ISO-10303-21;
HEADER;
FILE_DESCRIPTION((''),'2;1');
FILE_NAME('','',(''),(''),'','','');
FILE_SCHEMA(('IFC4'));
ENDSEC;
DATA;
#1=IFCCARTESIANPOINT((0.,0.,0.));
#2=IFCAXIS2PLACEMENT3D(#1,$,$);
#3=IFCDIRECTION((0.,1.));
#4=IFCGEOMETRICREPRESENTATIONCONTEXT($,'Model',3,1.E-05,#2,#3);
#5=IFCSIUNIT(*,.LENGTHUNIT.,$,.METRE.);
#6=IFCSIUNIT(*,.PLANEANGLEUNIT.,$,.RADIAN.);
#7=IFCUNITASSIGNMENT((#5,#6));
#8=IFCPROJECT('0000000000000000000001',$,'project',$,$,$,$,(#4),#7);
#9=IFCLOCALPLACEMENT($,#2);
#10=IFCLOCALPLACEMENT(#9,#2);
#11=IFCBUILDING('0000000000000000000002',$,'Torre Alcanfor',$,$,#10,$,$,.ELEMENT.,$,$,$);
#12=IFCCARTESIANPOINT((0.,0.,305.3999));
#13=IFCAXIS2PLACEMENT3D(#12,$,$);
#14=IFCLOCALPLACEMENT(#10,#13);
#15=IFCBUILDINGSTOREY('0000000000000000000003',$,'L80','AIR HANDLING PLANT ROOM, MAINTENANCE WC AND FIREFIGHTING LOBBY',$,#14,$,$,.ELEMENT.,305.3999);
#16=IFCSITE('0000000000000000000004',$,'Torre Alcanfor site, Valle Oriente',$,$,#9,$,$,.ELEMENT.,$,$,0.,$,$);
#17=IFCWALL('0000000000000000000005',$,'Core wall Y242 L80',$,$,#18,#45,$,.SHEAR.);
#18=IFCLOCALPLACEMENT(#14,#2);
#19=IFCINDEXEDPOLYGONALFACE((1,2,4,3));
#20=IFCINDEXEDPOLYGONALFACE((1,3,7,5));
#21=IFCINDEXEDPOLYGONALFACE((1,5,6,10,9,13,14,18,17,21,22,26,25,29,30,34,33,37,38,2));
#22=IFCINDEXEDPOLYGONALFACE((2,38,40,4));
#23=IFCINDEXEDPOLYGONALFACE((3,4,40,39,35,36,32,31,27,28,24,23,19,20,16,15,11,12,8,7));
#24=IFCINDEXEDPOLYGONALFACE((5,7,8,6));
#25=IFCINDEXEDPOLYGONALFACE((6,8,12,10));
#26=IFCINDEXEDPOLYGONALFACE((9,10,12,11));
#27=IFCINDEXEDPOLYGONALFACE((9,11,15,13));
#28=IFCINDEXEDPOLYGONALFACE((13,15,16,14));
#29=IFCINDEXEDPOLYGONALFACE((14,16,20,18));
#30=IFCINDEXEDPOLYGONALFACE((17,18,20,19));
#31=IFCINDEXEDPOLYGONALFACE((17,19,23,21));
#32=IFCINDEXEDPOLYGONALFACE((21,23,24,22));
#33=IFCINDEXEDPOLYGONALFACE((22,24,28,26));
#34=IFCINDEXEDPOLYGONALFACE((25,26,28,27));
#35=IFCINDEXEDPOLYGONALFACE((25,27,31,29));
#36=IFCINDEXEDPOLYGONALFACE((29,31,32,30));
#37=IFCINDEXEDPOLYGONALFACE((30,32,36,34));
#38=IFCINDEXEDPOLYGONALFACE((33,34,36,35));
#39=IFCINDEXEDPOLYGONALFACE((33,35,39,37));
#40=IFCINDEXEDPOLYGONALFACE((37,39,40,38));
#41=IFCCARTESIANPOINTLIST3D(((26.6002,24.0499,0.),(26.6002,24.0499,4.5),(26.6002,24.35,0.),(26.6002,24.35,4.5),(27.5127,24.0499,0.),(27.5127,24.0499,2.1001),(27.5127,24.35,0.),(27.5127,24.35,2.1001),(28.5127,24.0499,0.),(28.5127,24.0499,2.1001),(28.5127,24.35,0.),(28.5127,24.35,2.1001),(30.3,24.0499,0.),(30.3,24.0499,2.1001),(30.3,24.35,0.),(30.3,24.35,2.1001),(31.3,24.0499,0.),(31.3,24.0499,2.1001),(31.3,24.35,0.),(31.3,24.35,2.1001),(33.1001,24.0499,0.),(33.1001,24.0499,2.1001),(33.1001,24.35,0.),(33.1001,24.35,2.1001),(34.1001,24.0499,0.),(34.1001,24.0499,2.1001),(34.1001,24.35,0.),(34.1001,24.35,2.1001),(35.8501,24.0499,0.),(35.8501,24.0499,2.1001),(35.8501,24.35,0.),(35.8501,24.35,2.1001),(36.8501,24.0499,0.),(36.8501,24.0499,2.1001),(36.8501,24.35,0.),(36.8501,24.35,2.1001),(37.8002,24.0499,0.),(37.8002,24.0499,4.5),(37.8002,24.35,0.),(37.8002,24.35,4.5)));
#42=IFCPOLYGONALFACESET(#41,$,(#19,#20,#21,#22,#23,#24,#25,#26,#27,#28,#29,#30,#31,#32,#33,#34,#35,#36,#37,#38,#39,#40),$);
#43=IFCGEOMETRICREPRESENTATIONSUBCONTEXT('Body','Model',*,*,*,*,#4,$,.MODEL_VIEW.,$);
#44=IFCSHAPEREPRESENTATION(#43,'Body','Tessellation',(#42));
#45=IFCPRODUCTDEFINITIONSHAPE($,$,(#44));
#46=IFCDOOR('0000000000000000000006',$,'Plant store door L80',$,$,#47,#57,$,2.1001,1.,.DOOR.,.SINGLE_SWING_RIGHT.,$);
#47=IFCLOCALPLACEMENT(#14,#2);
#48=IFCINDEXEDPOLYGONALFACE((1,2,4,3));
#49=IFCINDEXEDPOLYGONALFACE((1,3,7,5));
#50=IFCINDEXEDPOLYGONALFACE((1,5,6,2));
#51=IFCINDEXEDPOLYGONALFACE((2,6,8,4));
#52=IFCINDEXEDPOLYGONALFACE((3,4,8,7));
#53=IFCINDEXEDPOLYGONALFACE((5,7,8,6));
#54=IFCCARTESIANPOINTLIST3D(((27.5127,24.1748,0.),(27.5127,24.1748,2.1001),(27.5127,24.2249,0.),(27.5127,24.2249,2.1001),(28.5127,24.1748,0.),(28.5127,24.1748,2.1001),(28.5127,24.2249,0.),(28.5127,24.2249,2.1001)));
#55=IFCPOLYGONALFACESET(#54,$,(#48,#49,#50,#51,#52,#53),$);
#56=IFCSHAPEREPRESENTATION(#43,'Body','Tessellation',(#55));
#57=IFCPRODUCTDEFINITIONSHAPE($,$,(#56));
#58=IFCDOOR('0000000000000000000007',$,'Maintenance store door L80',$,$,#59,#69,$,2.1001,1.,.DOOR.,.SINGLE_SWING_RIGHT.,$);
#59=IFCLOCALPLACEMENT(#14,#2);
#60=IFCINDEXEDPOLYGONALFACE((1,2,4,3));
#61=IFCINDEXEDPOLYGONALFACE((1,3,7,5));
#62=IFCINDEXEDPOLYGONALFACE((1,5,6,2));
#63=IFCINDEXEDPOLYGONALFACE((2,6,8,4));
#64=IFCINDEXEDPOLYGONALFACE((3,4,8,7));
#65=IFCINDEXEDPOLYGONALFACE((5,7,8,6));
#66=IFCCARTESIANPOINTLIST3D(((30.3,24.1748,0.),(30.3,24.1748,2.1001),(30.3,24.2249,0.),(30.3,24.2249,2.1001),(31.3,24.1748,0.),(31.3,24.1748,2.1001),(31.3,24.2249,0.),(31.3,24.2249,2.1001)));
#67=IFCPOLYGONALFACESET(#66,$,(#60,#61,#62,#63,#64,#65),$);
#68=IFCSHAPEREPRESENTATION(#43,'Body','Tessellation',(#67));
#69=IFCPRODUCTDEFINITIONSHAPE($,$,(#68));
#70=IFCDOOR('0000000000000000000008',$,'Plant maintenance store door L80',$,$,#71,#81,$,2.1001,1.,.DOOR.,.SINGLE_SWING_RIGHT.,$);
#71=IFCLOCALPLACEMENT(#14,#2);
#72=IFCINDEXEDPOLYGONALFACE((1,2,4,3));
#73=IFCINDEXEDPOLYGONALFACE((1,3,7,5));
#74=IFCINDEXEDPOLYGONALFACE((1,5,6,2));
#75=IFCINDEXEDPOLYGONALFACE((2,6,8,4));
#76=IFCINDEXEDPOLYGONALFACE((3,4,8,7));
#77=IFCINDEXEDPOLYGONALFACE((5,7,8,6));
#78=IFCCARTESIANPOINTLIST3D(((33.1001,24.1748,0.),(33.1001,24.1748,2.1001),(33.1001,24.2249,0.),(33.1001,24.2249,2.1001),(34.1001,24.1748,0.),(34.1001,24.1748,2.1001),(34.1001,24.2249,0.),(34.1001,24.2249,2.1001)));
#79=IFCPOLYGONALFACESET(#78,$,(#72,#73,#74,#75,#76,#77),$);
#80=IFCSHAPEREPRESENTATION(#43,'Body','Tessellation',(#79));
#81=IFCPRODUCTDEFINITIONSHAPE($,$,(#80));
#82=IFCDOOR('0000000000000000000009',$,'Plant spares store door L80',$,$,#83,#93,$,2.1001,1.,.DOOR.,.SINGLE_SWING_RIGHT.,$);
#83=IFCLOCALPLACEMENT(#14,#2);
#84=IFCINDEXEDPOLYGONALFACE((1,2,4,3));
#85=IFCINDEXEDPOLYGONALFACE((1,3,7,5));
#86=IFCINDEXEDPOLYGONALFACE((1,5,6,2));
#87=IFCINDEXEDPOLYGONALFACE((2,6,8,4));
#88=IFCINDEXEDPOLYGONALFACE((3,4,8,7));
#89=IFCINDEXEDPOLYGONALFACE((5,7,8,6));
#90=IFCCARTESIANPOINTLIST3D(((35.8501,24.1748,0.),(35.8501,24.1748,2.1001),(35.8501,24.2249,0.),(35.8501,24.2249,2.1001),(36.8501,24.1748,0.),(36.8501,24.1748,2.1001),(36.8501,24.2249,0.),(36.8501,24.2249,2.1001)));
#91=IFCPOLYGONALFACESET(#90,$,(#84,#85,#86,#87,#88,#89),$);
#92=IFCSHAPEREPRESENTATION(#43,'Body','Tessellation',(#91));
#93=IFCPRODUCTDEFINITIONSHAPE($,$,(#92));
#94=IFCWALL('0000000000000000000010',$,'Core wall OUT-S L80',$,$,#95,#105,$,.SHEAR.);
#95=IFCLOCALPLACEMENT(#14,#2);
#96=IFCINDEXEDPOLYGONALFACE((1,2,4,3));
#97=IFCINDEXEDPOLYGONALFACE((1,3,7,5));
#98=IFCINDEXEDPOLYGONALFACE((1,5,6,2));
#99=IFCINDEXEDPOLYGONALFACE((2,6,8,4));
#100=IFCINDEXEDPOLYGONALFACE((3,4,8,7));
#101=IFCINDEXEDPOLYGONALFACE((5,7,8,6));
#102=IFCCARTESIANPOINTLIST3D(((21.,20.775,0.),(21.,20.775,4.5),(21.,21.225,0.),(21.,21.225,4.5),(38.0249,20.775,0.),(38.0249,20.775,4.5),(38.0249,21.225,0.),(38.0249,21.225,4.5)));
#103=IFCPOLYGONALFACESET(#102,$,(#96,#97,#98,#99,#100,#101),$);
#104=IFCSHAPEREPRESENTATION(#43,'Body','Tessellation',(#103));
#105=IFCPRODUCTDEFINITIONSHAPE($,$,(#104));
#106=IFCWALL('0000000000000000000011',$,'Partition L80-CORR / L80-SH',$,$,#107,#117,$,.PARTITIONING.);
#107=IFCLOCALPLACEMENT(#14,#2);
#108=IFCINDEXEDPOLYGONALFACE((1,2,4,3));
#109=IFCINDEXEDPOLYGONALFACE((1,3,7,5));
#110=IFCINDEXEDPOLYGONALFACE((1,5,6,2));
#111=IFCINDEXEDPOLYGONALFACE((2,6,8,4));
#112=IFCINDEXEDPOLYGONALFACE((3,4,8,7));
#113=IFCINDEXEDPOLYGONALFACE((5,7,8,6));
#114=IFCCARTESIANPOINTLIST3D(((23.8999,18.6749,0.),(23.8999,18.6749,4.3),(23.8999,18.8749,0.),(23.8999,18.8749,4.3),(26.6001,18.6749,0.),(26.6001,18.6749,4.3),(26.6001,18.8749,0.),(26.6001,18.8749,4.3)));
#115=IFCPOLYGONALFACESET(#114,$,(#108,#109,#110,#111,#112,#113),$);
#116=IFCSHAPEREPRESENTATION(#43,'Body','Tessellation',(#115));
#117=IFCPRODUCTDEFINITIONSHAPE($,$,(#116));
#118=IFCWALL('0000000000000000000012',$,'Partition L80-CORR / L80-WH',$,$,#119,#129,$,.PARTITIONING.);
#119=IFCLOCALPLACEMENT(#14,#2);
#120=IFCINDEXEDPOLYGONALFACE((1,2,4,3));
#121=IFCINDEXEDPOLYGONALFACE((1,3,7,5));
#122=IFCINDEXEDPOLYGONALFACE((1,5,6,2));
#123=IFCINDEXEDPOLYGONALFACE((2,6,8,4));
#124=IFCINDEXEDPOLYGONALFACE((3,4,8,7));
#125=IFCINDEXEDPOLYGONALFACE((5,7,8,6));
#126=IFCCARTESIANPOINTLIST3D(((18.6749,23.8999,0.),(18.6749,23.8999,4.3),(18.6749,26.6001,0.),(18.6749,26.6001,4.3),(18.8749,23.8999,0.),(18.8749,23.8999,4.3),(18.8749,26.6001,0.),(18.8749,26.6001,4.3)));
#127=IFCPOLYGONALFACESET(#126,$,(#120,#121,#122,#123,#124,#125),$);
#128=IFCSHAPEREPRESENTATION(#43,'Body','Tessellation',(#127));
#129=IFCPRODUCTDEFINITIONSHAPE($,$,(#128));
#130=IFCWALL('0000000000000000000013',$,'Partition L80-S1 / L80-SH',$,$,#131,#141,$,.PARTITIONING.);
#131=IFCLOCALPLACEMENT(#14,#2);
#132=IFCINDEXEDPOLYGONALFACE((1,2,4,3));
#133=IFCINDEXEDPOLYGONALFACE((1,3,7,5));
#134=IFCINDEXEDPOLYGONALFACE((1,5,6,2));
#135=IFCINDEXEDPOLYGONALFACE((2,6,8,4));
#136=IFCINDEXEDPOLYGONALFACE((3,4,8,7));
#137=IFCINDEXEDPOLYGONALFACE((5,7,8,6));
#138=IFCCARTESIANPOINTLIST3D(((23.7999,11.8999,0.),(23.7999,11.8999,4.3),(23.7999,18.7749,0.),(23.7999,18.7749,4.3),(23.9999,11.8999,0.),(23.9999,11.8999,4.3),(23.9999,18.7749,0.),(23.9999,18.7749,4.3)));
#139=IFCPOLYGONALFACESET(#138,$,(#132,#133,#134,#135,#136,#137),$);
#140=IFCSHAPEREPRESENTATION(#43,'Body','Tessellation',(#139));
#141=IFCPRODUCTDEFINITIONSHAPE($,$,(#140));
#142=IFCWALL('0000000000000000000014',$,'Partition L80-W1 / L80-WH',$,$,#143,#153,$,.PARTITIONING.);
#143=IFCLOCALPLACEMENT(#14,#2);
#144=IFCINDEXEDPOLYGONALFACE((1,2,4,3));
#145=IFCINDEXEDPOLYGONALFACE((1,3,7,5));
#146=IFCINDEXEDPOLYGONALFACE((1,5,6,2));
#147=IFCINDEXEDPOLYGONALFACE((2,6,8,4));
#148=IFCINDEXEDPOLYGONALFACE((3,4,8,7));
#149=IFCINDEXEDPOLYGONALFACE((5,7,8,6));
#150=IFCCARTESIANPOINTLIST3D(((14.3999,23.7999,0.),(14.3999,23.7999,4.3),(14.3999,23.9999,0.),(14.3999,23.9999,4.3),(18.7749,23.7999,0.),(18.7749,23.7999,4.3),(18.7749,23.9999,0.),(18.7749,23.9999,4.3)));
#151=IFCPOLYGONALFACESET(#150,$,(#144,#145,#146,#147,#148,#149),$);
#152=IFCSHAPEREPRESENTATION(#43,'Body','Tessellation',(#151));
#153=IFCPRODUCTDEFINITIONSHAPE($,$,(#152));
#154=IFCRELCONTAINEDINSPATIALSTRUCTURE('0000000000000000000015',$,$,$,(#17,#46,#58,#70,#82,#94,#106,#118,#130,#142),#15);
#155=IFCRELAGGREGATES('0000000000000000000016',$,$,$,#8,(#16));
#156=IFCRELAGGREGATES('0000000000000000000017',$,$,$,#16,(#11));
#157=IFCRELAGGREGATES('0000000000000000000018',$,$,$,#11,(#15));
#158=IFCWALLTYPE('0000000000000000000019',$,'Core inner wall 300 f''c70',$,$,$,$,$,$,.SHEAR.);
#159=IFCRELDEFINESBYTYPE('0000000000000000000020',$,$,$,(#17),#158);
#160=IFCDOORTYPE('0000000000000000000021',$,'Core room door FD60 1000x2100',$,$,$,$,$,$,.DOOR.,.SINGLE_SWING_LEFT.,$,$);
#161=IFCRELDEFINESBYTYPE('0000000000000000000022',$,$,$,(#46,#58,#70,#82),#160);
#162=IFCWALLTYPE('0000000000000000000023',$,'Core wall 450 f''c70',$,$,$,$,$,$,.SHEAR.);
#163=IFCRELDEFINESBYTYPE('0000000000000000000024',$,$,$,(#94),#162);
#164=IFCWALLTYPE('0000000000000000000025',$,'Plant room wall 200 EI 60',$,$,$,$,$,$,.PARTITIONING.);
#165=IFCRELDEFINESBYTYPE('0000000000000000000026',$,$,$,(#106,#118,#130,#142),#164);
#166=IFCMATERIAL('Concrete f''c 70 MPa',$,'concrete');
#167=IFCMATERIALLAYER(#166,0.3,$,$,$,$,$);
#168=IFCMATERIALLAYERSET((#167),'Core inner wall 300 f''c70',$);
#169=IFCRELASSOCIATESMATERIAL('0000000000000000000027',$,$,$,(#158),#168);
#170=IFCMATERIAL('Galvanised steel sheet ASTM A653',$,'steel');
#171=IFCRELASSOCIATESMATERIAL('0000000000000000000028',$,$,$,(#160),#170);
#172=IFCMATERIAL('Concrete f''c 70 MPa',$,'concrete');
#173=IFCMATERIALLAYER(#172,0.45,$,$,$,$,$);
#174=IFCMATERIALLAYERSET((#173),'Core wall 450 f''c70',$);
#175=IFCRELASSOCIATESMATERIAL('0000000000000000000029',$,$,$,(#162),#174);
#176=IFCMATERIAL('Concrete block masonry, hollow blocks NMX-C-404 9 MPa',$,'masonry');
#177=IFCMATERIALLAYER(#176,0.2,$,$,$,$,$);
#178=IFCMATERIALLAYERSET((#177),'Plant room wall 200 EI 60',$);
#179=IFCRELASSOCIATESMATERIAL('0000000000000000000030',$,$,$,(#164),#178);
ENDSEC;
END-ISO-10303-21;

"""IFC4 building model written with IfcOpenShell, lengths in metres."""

from ifc_helpers import new_model, si_unit, direction, frame, frame_2d, origin, place, context, subcontext, project, spatial, rectangle, extrude, material, layer, layer_set, type_object, element, fill, save


model = new_model("IFC4")

# Units and contexts
model_context = context("Model", 3, precision=1e-05, world=origin(), true_north=direction((0.0, 1.0)))
body_context = subcontext(model_context, "Body", "Model", "MODEL_VIEW")
ifc_project = project(units=[si_unit("LENGTHUNIT", "METRE"), si_unit("PLANEANGLEUNIT", "RADIAN")], contexts=[model_context])

# Site, building, storey
site_placement = place(None, origin())
site = spatial("IfcSite", under=ifc_project, at=site_placement, Name="Torre Alcanfor site, Valle Oriente", CompositionType="ELEMENT", RefElevation=0.0)
building_placement = place(site_placement, origin())
building = spatial("IfcBuilding", under=site, at=building_placement, Name="Torre Alcanfor", CompositionType="ELEMENT")
storey_placement = place(building_placement, frame((0.0, 0.0, 305.3999)))
storey = spatial("IfcBuildingStorey", under=building, at=storey_placement, Name="L80", Description="AIR HANDLING PLANT ROOM, MAINTENANCE WC AND FIREFIGHTING LOBBY", CompositionType="ELEMENT", Elevation=305.3999)

# Shared definitions
ifc_material_1 = material(Name="Concrete f'c 70 MPa", Category="concrete")
ifc_layer_1 = layer(ifc_material_1, 0.3)
ifc_layer_set_1 = layer_set([ifc_layer_1], Name="Core inner wall 300 f'c70")
wall_type_1 = type_object("IfcWallType", Name="Core inner wall 300 f'c70", PredefinedType="SHEAR", material=ifc_layer_set_1)

# Wall, openings, doors
wall_1_placement = place(storey_placement, frame((26.6001, 24.2, 0.0), z_axis=(0.0, 0.0, 1.0), x_axis=(1.0, 0.0, 0.0)))
wall_1 = element("IfcWall", 1, at=wall_1_placement, inside=storey, type_object=wall_type_1, Name="Core wall Y242 L80", PredefinedType="SHEAR", context=body_context, shape_type="SweptSolid", body=[
    extrude(rectangle(XDim=11.2, YDim=0.3, at=frame_2d((5.6001, 0.0))), origin(), (0.0, 0.0, 1.0), 4.5),
])
opening_1_placement = place(wall_1_placement, frame((0.9126, 0.0, 0.0)))
opening_1 = element("IfcOpeningElement", 2, at=opening_1_placement, cuts=wall_1, PredefinedType="OPENING", context=body_context, shape_type="SweptSolid", body=[
    extrude(rectangle(XDim=1.0, YDim=2.1001, at=frame_2d((0.5, 1.05))), frame((0.0, 0.1599, 0.0), z_axis=(0.0, -1.0, 0.0), x_axis=(1.0, 0.0, 0.0)), (0.0, 0.0, 1.0), 0.3201),
])
opening_2_placement = place(wall_1_placement, frame((3.7, 0.0, 0.0)))
opening_2 = element("IfcOpeningElement", 3, at=opening_2_placement, cuts=wall_1, PredefinedType="OPENING", context=body_context, shape_type="SweptSolid", body=[
    extrude(rectangle(XDim=1.0, YDim=2.1001, at=frame_2d((0.5, 1.05))), frame((0.0, 0.1599, 0.0), z_axis=(0.0, -1.0, 0.0), x_axis=(1.0, 0.0, 0.0)), (0.0, 0.0, 1.0), 0.3201),
])
opening_3_placement = place(wall_1_placement, frame((6.5, 0.0, 0.0)))
opening_3 = element("IfcOpeningElement", 4, at=opening_3_placement, cuts=wall_1, PredefinedType="OPENING", context=body_context, shape_type="SweptSolid", body=[
    extrude(rectangle(XDim=1.0, YDim=2.1001, at=frame_2d((0.5, 1.05))), frame((0.0, 0.1599, 0.0), z_axis=(0.0, -1.0, 0.0), x_axis=(1.0, 0.0, 0.0)), (0.0, 0.0, 1.0), 0.3201),
])
opening_4_placement = place(wall_1_placement, frame((9.25, 0.0, 0.0)))
opening_4 = element("IfcOpeningElement", 5, at=opening_4_placement, cuts=wall_1, PredefinedType="OPENING", context=body_context, shape_type="SweptSolid", body=[
    extrude(rectangle(XDim=1.0, YDim=2.1001, at=frame_2d((0.5, 1.05))), frame((0.0, 0.1599, 0.0), z_axis=(0.0, -1.0, 0.0), x_axis=(1.0, 0.0, 0.0)), (0.0, 0.0, 1.0), 0.3201),
])
ifc_material_2 = material(Name="Galvanised steel sheet ASTM A653", Category="steel")
door_type_1 = type_object("IfcDoorType", Name="Core room door FD60 1000x2100", OperationType="SINGLE_SWING_LEFT", PredefinedType="DOOR", material=ifc_material_2)
door_1_placement = place(opening_1_placement, frame((1.0, 0.0, 0.0), z_axis=(0.0, 0.0, 1.0), x_axis=(-1.0, 0.0, 0.0)))
door_1 = element("IfcDoor", 6, at=door_1_placement, inside=storey, type_object=door_type_1, Name="Plant store door L80", OperationType="SINGLE_SWING_RIGHT", OverallHeight=2.1001, OverallWidth=1.0, PredefinedType="DOOR", context=body_context, shape_type="SweptSolid", body=[
    extrude(rectangle(XDim=1.0, YDim=2.1001, at=frame_2d((0.5, 1.05))), frame((0.0, 0.0251, 0.0), z_axis=(0.0, -1.0, 0.0), x_axis=(1.0, 0.0, 0.0)), (0.0, 0.0, 1.0), 0.05),
])
fill(opening_1, door_1)
door_2_placement = place(opening_2_placement, frame((1.0, 0.0, 0.0), z_axis=(0.0, 0.0, 1.0), x_axis=(-1.0, 0.0, 0.0)))
door_2 = element("IfcDoor", 7, at=door_2_placement, inside=storey, type_object=door_type_1, Name="Maintenance store door L80", OperationType="SINGLE_SWING_RIGHT", OverallHeight=2.1001, OverallWidth=1.0, PredefinedType="DOOR", context=body_context, shape_type="SweptSolid", body=[
    extrude(rectangle(XDim=1.0, YDim=2.1001, at=frame_2d((0.5, 1.05))), frame((0.0, 0.0251, 0.0), z_axis=(0.0, -1.0, 0.0), x_axis=(1.0, 0.0, 0.0)), (0.0, 0.0, 1.0), 0.05),
])
fill(opening_2, door_2)
door_3_placement = place(opening_3_placement, frame((1.0, 0.0, 0.0), z_axis=(0.0, 0.0, 1.0), x_axis=(-1.0, 0.0, 0.0)))
door_3 = element("IfcDoor", 8, at=door_3_placement, inside=storey, type_object=door_type_1, Name="Plant maintenance store door L80", OperationType="SINGLE_SWING_RIGHT", OverallHeight=2.1001, OverallWidth=1.0, PredefinedType="DOOR", context=body_context, shape_type="SweptSolid", body=[
    extrude(rectangle(XDim=1.0, YDim=2.1001, at=frame_2d((0.5, 1.05))), frame((0.0, 0.0251, 0.0), z_axis=(0.0, -1.0, 0.0), x_axis=(1.0, 0.0, 0.0)), (0.0, 0.0, 1.0), 0.05),
])
fill(opening_3, door_3)
door_4_placement = place(opening_4_placement, frame((1.0, 0.0, 0.0), z_axis=(0.0, 0.0, 1.0), x_axis=(-1.0, 0.0, 0.0)))
door_4 = element("IfcDoor", 9, at=door_4_placement, inside=storey, type_object=door_type_1, Name="Plant spares store door L80", OperationType="SINGLE_SWING_RIGHT", OverallHeight=2.1001, OverallWidth=1.0, PredefinedType="DOOR", context=body_context, shape_type="SweptSolid", body=[
    extrude(rectangle(XDim=1.0, YDim=2.1001, at=frame_2d((0.5, 1.05))), frame((0.0, 0.0251, 0.0), z_axis=(0.0, -1.0, 0.0), x_axis=(1.0, 0.0, 0.0)), (0.0, 0.0, 1.0), 0.05),
])
fill(opening_4, door_4)

# Wall
ifc_material_3 = material(Name="Concrete f'c 70 MPa", Category="concrete")
ifc_layer_2 = layer(ifc_material_3, 0.45)
ifc_layer_set_2 = layer_set([ifc_layer_2], Name="Core wall 450 f'c70")
wall_type_2 = type_object("IfcWallType", Name="Core wall 450 f'c70", PredefinedType="SHEAR", material=ifc_layer_set_2)
wall_2_placement = place(storey_placement, frame((21.0, 21.0, 0.0), z_axis=(0.0, 0.0, 1.0), x_axis=(1.0, 0.0, 0.0)))
element("IfcWall", 10, at=wall_2_placement, inside=storey, type_object=wall_type_2, Name="Core wall OUT-S L80", PredefinedType="SHEAR", context=body_context, shape_type="SweptSolid", body=[
    extrude(rectangle(XDim=17.0249, YDim=0.45, at=frame_2d((8.5125, 0.0))), origin(), (0.0, 0.0, 1.0), 4.5),
])

# Shared definitions
ifc_material_4 = material(Name="Concrete block masonry, hollow blocks NMX-C-404 9 MPa", Category="masonry")
ifc_layer_3 = layer(ifc_material_4, 0.2)
ifc_layer_set_3 = layer_set([ifc_layer_3], Name="Plant room wall 200 EI 60")
wall_type_3 = type_object("IfcWallType", Name="Plant room wall 200 EI 60", PredefinedType="PARTITIONING", material=ifc_layer_set_3)

# Wall
wall_3_placement = place(storey_placement, frame((26.6001, 18.7749, 0.0), z_axis=(0.0, 0.0, 1.0), x_axis=(-1.0, 0.0, 0.0)))
element("IfcWall", 11, at=wall_3_placement, inside=storey, type_object=wall_type_3, Name="Partition L80-CORR / L80-SH", PredefinedType="PARTITIONING", context=body_context, shape_type="SweptSolid", body=[
    extrude(rectangle(XDim=2.7002, YDim=0.2, at=frame_2d((1.3501, 0.0))), origin(), (0.0, 0.0, 1.0), 4.3),
])

# Walls
wall_4_placement = place(storey_placement, frame((18.7749, 23.8999, 0.0), z_axis=(0.0, 0.0, 1.0), x_axis=(0.0, 1.0, 0.0)))
element("IfcWall", 12, at=wall_4_placement, inside=storey, type_object=wall_type_3, Name="Partition L80-CORR / L80-WH", PredefinedType="PARTITIONING", context=body_context, shape_type="SweptSolid", body=[
    extrude(rectangle(XDim=2.7002, YDim=0.2, at=frame_2d((1.3501, 0.0))), origin(), (0.0, 0.0, 1.0), 4.3),
])
wall_5_placement = place(storey_placement, frame((23.8999, 18.7749, 0.0), z_axis=(0.0, 0.0, 1.0), x_axis=(0.0, -1.0, 0.0)))
element("IfcWall", 13, at=wall_5_placement, inside=storey, type_object=wall_type_3, Name="Partition L80-S1 / L80-SH", PredefinedType="PARTITIONING", context=body_context, shape_type="SweptSolid", body=[
    extrude(rectangle(XDim=6.875, YDim=0.2, at=frame_2d((3.4375, 0.0))), origin(), (0.0, 0.0, 1.0), 4.3),
])
wall_6_placement = place(storey_placement, frame((14.3999, 23.8999, 0.0), z_axis=(0.0, 0.0, 1.0), x_axis=(1.0, 0.0, 0.0)))
element("IfcWall", 14, at=wall_6_placement, inside=storey, type_object=wall_type_3, Name="Partition L80-W1 / L80-WH", PredefinedType="PARTITIONING", context=body_context, shape_type="SweptSolid", body=[
    extrude(rectangle(XDim=4.375, YDim=0.2, at=frame_2d((2.1875, 0.0))), origin(), (0.0, 0.0, 1.0), 4.3),
])

save(model, "model.ifc")
